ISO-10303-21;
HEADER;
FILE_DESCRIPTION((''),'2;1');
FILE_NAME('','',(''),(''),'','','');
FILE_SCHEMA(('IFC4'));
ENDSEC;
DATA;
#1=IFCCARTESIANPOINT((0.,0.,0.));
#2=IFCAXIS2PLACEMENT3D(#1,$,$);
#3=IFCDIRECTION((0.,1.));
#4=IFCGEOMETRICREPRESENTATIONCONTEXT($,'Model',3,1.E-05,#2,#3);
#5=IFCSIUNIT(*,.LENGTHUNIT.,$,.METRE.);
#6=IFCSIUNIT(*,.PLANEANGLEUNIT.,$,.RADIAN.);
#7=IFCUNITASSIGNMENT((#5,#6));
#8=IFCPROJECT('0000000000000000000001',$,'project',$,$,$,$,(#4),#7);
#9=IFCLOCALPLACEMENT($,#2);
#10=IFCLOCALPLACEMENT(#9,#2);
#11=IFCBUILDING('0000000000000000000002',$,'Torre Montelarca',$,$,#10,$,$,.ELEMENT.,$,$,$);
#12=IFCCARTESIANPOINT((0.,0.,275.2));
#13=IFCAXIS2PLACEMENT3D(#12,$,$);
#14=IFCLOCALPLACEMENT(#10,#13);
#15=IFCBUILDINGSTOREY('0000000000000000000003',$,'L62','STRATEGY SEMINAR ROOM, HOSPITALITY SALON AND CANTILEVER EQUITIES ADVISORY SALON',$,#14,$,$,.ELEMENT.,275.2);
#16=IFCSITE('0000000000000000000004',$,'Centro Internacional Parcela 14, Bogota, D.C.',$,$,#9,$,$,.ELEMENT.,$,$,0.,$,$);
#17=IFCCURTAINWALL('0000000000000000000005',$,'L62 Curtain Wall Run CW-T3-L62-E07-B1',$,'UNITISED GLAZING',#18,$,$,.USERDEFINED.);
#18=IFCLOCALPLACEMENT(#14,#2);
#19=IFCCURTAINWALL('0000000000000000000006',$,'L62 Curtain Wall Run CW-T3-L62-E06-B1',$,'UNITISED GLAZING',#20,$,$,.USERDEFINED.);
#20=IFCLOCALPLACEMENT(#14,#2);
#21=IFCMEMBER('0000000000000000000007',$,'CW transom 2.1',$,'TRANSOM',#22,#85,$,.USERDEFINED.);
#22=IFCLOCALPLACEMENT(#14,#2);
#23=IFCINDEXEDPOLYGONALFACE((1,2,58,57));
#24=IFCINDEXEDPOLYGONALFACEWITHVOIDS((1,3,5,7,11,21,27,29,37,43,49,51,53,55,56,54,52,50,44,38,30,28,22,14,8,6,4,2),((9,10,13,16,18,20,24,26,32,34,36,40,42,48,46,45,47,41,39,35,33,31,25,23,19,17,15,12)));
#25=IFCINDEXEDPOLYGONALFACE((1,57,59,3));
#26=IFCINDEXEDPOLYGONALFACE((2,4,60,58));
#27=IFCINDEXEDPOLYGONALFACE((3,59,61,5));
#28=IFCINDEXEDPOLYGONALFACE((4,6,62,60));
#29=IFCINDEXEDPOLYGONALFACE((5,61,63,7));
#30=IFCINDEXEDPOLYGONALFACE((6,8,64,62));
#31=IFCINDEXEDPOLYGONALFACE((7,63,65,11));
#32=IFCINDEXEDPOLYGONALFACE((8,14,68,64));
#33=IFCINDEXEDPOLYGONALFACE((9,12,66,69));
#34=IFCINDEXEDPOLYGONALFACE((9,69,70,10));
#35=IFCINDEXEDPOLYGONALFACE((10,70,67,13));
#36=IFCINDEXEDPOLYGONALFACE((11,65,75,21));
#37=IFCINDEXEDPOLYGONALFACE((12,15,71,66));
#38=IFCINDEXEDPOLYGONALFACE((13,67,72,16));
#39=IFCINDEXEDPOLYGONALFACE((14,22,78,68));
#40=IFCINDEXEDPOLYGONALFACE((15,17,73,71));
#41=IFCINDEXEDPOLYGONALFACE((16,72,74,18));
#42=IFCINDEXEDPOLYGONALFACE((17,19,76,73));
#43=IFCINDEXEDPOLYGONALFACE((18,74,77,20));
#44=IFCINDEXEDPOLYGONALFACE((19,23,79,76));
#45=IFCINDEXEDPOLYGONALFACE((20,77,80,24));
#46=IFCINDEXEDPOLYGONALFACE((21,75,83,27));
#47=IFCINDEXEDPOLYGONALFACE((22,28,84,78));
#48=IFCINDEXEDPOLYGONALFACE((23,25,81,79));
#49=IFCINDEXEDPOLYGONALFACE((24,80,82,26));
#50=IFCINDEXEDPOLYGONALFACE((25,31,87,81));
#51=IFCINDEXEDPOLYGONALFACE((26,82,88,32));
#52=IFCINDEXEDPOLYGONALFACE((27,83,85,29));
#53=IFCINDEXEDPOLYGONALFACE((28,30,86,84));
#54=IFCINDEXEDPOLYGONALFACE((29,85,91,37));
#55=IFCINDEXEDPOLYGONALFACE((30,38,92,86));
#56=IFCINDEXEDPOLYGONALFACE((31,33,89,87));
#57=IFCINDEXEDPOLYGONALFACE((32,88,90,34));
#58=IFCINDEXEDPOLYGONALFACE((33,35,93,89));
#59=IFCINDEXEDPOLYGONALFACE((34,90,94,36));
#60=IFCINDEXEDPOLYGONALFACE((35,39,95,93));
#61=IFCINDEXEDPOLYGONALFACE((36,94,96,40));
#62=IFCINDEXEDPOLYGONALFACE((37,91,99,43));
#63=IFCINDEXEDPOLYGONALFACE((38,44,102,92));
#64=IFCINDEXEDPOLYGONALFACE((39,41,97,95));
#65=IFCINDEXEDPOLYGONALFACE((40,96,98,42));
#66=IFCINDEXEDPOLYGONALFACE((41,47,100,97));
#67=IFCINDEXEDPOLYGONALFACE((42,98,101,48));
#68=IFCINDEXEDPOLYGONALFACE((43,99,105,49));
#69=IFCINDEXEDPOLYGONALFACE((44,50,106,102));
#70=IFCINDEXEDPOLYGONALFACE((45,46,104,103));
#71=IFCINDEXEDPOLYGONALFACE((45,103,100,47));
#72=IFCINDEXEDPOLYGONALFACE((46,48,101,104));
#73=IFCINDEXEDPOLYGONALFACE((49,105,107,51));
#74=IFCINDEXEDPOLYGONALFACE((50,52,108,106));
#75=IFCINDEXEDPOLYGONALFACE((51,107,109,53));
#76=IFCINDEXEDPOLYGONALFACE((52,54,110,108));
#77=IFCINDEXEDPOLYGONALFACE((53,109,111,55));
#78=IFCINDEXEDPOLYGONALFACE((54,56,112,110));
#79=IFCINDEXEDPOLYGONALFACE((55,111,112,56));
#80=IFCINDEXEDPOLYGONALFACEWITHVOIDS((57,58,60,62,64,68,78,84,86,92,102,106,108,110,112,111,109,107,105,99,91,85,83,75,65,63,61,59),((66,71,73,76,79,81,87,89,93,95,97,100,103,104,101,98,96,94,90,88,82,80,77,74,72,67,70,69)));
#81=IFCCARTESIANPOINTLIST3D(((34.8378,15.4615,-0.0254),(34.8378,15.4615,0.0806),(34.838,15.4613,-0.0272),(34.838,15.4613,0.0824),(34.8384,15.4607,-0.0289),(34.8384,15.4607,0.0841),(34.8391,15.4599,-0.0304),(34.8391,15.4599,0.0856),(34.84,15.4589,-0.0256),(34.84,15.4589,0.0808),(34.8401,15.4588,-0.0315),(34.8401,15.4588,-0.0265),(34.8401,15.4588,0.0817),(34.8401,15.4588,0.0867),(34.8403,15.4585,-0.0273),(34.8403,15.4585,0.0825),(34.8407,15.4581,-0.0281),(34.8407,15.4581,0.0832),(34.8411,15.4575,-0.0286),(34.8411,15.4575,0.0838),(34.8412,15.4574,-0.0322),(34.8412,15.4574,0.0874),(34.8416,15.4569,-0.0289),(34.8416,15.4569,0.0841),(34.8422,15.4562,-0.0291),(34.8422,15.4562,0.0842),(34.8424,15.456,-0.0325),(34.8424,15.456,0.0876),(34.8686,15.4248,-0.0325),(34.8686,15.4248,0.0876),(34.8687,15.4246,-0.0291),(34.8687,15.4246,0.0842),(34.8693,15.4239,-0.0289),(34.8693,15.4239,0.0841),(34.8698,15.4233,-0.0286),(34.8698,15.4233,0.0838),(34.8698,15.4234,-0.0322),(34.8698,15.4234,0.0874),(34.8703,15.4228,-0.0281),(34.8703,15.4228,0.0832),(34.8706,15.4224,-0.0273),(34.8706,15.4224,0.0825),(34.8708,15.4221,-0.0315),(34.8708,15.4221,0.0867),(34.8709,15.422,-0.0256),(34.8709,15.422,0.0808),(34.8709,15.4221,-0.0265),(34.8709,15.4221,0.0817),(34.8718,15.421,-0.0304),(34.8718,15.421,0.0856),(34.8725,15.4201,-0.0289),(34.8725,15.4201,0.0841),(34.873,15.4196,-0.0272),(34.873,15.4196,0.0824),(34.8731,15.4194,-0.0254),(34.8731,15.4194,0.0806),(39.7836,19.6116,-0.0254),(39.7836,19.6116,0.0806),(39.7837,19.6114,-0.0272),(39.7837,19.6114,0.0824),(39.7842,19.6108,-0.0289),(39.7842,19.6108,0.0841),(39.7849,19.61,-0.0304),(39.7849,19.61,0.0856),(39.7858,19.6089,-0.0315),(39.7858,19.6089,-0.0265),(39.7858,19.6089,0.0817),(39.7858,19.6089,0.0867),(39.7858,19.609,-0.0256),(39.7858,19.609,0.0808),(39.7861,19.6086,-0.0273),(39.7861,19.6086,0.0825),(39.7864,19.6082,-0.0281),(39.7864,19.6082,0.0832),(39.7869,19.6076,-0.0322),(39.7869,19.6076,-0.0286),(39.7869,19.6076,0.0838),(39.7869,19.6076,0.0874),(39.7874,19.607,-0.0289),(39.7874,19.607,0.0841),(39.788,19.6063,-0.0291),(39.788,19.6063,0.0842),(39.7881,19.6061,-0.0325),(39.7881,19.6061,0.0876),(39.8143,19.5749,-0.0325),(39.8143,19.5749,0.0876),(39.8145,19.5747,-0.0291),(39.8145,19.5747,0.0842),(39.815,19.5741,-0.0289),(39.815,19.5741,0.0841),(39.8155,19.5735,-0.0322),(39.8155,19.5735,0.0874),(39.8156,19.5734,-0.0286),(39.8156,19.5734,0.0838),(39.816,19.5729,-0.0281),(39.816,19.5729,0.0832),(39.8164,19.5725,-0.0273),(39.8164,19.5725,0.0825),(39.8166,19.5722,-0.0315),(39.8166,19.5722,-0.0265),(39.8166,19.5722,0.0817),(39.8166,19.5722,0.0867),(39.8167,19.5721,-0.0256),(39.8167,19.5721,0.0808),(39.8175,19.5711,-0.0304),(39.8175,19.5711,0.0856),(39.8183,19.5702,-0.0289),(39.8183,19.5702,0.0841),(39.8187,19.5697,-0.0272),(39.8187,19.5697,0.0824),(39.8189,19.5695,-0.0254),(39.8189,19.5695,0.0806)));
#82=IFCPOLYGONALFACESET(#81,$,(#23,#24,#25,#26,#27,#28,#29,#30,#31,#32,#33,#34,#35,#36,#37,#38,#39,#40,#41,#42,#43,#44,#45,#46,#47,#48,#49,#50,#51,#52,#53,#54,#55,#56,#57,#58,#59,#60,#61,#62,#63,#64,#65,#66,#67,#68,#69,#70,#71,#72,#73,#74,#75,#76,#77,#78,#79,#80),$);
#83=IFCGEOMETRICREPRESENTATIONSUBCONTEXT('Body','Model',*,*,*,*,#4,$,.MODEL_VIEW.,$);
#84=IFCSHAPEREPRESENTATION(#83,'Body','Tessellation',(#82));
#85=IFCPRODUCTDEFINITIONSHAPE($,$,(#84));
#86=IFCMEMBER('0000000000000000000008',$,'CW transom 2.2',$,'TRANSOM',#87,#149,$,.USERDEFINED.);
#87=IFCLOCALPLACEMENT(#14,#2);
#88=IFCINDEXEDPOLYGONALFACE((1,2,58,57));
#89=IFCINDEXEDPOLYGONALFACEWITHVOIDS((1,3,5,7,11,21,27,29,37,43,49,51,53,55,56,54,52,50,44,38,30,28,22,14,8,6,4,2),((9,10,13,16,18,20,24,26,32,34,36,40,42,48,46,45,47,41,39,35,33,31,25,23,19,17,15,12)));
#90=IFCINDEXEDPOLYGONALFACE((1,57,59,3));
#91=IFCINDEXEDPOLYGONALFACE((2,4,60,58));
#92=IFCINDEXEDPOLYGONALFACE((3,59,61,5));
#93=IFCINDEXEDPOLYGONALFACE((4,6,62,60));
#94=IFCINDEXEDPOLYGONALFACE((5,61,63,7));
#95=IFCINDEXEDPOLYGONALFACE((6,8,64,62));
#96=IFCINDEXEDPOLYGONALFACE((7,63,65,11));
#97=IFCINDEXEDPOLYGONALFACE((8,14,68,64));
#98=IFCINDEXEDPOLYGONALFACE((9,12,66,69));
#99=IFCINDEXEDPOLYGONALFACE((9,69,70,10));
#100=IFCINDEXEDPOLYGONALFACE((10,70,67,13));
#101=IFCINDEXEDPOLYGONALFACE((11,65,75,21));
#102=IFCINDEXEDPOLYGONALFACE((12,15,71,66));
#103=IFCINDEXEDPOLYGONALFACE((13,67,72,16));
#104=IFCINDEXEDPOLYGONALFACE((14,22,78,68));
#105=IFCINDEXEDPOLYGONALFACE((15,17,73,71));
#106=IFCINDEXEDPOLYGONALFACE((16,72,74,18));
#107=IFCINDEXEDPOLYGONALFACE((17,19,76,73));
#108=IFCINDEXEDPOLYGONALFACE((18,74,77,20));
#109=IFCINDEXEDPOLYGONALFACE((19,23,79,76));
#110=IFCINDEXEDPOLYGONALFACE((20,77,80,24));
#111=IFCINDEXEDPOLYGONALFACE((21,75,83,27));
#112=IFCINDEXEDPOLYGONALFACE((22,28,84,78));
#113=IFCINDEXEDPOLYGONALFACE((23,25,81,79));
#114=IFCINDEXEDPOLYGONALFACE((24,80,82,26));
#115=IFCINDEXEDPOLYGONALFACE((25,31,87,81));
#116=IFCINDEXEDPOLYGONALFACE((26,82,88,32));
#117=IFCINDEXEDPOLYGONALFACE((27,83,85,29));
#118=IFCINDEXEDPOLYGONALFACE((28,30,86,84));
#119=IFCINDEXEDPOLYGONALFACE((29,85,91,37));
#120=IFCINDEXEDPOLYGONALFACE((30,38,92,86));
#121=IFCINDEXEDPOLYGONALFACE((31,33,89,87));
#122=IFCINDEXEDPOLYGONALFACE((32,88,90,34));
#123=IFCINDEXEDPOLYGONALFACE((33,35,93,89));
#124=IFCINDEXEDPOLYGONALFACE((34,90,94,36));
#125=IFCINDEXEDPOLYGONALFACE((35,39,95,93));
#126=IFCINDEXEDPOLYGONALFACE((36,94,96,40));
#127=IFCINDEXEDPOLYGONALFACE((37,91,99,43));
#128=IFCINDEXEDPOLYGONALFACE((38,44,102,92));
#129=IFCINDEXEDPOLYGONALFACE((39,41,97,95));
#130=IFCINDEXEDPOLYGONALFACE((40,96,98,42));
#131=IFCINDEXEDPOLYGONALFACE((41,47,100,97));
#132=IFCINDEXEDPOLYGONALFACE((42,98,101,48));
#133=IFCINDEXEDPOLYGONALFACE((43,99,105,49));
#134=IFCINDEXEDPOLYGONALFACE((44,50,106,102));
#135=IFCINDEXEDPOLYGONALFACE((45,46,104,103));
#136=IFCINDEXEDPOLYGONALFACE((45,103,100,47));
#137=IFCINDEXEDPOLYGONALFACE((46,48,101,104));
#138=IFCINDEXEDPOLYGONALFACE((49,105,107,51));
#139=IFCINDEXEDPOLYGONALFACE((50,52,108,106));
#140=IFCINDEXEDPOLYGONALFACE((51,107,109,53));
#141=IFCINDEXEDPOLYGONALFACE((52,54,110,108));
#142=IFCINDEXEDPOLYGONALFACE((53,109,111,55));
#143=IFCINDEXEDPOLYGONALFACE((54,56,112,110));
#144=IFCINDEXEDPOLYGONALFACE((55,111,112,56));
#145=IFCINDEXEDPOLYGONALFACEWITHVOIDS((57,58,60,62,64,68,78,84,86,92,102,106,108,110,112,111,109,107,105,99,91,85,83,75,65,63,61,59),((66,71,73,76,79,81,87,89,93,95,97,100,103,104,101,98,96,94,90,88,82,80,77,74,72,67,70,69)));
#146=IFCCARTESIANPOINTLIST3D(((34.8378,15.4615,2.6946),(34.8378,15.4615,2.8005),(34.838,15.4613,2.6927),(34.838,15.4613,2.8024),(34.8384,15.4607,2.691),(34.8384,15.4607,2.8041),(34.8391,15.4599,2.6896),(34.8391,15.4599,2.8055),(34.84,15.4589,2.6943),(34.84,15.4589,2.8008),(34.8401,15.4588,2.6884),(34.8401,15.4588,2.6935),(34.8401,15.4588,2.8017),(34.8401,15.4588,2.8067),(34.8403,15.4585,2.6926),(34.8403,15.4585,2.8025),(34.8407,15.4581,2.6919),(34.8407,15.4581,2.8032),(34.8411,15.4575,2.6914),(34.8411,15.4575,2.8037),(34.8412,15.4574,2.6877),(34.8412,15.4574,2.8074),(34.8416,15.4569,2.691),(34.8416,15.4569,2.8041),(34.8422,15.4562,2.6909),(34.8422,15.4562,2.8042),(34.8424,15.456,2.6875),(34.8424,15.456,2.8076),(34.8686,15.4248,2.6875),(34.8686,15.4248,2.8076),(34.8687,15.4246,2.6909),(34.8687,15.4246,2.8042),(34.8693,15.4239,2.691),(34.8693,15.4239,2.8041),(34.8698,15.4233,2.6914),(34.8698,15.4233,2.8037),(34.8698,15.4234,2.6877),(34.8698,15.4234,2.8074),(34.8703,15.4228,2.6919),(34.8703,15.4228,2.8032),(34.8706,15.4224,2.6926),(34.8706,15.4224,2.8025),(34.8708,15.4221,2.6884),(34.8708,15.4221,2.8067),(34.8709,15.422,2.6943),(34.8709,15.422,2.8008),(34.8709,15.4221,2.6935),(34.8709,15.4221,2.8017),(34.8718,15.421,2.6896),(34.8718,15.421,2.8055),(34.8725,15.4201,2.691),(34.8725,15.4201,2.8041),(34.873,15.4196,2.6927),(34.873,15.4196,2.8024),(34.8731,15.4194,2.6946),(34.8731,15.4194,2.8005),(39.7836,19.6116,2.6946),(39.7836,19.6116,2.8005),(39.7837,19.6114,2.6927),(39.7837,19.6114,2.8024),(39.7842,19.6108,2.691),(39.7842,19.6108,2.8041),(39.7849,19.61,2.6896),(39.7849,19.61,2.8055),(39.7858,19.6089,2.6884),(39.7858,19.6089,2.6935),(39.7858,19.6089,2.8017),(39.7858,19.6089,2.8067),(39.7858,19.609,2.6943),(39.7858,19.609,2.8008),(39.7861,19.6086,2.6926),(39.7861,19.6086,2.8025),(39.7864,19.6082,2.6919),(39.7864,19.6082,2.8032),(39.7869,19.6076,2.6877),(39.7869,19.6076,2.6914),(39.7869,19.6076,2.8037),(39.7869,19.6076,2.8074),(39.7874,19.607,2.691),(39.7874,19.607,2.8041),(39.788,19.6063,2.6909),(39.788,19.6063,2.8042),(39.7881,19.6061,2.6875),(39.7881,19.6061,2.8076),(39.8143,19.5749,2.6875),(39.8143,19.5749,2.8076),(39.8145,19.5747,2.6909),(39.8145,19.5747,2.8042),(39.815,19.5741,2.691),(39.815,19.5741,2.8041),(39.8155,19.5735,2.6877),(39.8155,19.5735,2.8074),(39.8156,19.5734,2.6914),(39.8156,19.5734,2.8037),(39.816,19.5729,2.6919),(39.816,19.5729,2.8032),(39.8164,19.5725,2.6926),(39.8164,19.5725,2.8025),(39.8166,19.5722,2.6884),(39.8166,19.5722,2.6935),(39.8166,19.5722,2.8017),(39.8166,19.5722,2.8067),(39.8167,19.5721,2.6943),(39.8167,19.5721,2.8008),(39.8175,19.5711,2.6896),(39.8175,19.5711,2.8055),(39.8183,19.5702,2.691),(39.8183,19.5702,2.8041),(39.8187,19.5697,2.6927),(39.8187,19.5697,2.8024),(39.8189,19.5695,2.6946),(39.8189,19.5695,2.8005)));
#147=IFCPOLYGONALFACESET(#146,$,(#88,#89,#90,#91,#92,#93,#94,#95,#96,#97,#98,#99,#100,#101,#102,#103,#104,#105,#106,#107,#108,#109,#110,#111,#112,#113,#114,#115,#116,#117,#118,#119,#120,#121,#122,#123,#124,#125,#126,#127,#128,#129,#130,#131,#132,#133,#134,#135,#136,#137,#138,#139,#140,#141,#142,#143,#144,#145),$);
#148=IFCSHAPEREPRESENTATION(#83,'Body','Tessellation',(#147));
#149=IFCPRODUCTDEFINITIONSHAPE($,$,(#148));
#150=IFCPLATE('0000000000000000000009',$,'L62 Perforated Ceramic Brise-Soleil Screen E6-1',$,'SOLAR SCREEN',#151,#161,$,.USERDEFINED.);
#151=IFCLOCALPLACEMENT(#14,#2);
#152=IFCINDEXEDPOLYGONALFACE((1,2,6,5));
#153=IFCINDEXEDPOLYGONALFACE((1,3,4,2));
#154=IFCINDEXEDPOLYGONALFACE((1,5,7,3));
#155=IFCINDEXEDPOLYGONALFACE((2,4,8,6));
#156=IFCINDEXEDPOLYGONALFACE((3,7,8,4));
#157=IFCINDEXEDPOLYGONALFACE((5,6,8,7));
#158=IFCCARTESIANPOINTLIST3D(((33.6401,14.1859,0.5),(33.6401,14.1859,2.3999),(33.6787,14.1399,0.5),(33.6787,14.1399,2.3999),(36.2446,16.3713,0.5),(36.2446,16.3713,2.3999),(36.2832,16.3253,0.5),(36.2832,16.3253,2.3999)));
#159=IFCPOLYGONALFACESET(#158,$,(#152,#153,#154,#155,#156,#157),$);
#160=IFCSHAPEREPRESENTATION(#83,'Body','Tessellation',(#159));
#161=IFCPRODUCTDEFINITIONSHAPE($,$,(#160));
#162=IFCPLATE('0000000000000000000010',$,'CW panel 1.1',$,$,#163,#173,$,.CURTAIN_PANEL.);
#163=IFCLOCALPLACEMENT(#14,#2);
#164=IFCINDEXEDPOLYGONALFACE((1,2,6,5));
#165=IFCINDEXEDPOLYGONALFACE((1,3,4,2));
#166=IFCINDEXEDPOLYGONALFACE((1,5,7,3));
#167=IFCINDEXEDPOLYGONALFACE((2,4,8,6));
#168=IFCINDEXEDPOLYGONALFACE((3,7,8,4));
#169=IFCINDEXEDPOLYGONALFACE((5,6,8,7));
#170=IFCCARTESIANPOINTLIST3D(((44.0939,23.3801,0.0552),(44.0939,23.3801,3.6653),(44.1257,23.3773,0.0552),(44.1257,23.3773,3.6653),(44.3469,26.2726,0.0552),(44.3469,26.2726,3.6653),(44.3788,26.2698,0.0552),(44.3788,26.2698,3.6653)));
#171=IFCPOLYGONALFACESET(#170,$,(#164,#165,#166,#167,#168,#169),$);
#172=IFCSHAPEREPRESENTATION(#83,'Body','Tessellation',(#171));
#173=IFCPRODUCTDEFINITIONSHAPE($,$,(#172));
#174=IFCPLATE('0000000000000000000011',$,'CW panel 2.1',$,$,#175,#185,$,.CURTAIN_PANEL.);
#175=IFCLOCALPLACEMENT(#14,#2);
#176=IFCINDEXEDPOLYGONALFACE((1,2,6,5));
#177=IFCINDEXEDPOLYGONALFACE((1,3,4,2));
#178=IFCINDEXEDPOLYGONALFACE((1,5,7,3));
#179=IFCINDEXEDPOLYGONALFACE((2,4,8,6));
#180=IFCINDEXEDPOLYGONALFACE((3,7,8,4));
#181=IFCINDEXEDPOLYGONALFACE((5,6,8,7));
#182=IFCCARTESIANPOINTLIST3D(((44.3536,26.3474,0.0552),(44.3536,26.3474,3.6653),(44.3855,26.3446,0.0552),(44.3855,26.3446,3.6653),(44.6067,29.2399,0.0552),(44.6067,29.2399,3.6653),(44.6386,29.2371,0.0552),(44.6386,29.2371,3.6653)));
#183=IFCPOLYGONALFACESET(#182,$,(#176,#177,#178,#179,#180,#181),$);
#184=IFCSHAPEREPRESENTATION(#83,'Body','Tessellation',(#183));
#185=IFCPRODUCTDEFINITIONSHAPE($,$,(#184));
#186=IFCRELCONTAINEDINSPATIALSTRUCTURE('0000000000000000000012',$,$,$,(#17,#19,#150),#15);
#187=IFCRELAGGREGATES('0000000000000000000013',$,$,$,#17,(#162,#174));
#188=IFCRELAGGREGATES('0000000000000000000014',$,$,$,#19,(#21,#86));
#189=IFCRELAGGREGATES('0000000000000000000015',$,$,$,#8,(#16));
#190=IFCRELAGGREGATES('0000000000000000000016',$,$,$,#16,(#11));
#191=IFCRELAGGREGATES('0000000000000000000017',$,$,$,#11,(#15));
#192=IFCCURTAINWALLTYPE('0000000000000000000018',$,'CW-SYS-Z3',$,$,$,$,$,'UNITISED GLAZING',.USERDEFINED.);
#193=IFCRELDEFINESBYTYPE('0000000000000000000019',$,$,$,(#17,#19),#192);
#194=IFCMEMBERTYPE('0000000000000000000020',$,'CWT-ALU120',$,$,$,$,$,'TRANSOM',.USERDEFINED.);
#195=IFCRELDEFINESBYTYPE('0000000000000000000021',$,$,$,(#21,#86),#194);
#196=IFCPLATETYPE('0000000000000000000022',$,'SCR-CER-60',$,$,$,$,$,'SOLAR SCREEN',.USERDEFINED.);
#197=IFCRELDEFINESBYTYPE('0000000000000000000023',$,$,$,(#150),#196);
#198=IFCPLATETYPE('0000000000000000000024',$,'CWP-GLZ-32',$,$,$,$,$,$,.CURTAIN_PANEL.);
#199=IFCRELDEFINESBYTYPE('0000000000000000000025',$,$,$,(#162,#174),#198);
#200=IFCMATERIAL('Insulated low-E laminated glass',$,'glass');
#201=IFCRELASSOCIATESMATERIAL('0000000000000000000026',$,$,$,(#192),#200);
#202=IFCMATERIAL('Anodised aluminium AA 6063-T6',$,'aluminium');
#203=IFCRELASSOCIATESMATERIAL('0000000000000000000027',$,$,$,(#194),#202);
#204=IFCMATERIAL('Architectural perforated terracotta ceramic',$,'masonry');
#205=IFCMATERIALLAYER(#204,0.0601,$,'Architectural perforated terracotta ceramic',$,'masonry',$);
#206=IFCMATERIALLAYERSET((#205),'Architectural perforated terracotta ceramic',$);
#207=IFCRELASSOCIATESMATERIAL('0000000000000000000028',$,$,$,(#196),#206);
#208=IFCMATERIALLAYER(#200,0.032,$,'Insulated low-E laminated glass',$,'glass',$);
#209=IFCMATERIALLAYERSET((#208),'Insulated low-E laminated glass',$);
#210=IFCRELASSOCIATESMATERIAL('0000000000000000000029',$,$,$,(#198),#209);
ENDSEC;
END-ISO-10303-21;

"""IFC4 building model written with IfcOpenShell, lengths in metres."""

from ifc_helpers import new_model, si_unit, direction, frame, origin, origin_2d, place, context, subcontext, project, spatial, rectangle, hollow_rectangle, extrude, source, transform, mapped, material, layer, layer_set, material_profile, profile_set, type_object, element, aggregate, save


model = new_model("IFC4")

# Units and contexts
model_context = context("Model", 3, precision=1e-05, world=origin(), true_north=direction((0.0, 1.0)))
body_context = subcontext(model_context, "Body", "Model", "MODEL_VIEW")
ifc_project = project(units=[si_unit("LENGTHUNIT", "METRE"), si_unit("PLANEANGLEUNIT", "RADIAN")], contexts=[model_context])

# Site, building, storey
site_placement = place(None, origin())
site = spatial("IfcSite", under=ifc_project, at=site_placement, Name="Centro Internacional Parcela 14, Bogota, D.C.", CompositionType="ELEMENT", RefElevation=0.0)
building_placement = place(site_placement, origin())
building = spatial("IfcBuilding", under=site, at=building_placement, Name="Torre Montelarca", CompositionType="ELEMENT")
storey_placement = place(building_placement, frame((0.0, 0.0, 275.2)))
storey = spatial("IfcBuildingStorey", under=building, at=storey_placement, Name="L62", Description="STRATEGY SEMINAR ROOM, HOSPITALITY SALON AND CANTILEVER EQUITIES ADVISORY SALON", CompositionType="ELEMENT", Elevation=275.2)

# Curtain walls, members
ifc_material_1 = material(Name="Insulated low-E laminated glass", Category="glass")
curtain_wall_type = type_object("IfcCurtainWallType", Name="CW-SYS-Z3", ElementType="UNITISED GLAZING", PredefinedType="USERDEFINED", material=ifc_material_1)
curtain_wall_1_placement = place(storey_placement, origin())
curtain_wall_1 = element("IfcCurtainWall", 1, at=curtain_wall_1_placement, inside=storey, type_object=curtain_wall_type, Name="L62 Curtain Wall Run CW-T3-L62-E07-B1", ObjectType="UNITISED GLAZING", PredefinedType="USERDEFINED")
ifc_material_2 = material(Name="Anodised aluminium AA 6063-T6", Category="aluminium")
ifc_material_profile_1 = material_profile(ifc_material_2, hollow_rectangle(XDim=0.0549, YDim=0.1201, WallThickness=0.0034, InnerFilletRadius=0.0034, OuterFilletRadius=0.0071, at=origin_2d()), Name="ALU55X120X3.5", Category="aluminium")
ifc_profile_set_1 = profile_set([ifc_material_profile_1], Name="Anodised aluminium AA 6063-T6")
member_type_1 = type_object("IfcMemberType", Name="CWT-ALU120", ElementType="TRANSOM", PredefinedType="USERDEFINED", material=ifc_profile_set_1)
curtain_wall_2_placement = place(storey_placement, origin())
curtain_wall_2 = element("IfcCurtainWall", 2, at=curtain_wall_2_placement, inside=storey, type_object=curtain_wall_type, Name="L62 Curtain Wall Run CW-T3-L62-E06-B1", ObjectType="UNITISED GLAZING", PredefinedType="USERDEFINED")
shared_shape_1 = source(origin(), body_context, "Body", "SweptSolid", [
    extrude(hollow_rectangle(XDim=0.0549, YDim=0.1201, WallThickness=0.0034, InnerFilletRadius=0.0034, OuterFilletRadius=0.0071, at=origin_2d()), origin(), (0.0, 0.0, 1.0), 6.4563),
])
member_1_placement = place(storey_placement, frame((34.8555, 15.4404, 0.0276), z_axis=(0.766035, 0.642799, 0.0), x_axis=(-0.642799, 0.766035, 0.0)))
member_1 = element("IfcMember", 3, at=member_1_placement, type_object=member_type_1, Name="CW transom 2.1", ObjectType="TRANSOM", PredefinedType="USERDEFINED", context=body_context, shape_type="MappedRepresentation", body=[
    mapped(shared_shape_1, transform((0.0, 0.0, 0.0), scale=1.0)),
])
member_2_placement = place(storey_placement, frame((34.8555, 15.4404, 2.7476), z_axis=(0.766035, 0.642799, 0.0), x_axis=(-0.642799, 0.766035, 0.0)))
member_2 = element("IfcMember", 4, at=member_2_placement, type_object=member_type_1, Name="CW transom 2.2", ObjectType="TRANSOM", PredefinedType="USERDEFINED", context=body_context, shape_type="MappedRepresentation", body=[
    mapped(shared_shape_1, transform((0.0, 0.0, 0.0), scale=1.0)),
])

# Plates
ifc_material_3 = material(Name="Architectural perforated terracotta ceramic", Category="masonry")
ifc_layer_1 = layer(ifc_material_3, 0.0601, Name="Architectural perforated terracotta ceramic", Category="masonry")
ifc_layer_set_1 = layer_set([ifc_layer_1], Name="Architectural perforated terracotta ceramic")
plate_type_1 = type_object("IfcPlateType", Name="SCR-CER-60", ElementType="SOLAR SCREEN", PredefinedType="USERDEFINED", material=ifc_layer_set_1)
shared_shape_2 = source(origin(), body_context, "Body", "SweptSolid", [
    extrude(rectangle(XDim=3.3999, YDim=0.0601, at=origin_2d()), origin(), (0.0, 0.0, 1.0), 1.8999),
])
plate_1_placement = place(storey_placement, frame((34.9617, 15.2556, 0.5), z_axis=(0.0, 0.0, 1.0), x_axis=(0.766046, 0.642786, 0.0)))
element("IfcPlate", 5, at=plate_1_placement, inside=storey, type_object=plate_type_1, Name="L62 Perforated Ceramic Brise-Soleil Screen E6-1", ObjectType="SOLAR SCREEN", PredefinedType="USERDEFINED", context=body_context, shape_type="MappedRepresentation", body=[
    mapped(shared_shape_2, transform((0.0, 0.0, 0.0), scale=1.0)),
])
ifc_layer_2 = layer(ifc_material_1, 0.032, Name="Insulated low-E laminated glass", Category="glass")
ifc_layer_set_2 = layer_set([ifc_layer_2], Name="Insulated low-E laminated glass")
plate_type_2 = type_object("IfcPlateType", Name="CWP-GLZ-32", PredefinedType="CURTAIN_PANEL", material=ifc_layer_set_2)
shared_shape_3 = source(origin(), body_context, "Body", "SweptSolid", [
    extrude(rectangle(XDim=2.9036, YDim=0.032, at=origin_2d()), origin(), (0.0, 0.0, 1.0), 3.6101),
])
plate_2_placement = place(storey_placement, frame((44.2363, 24.825, 0.0552), z_axis=(0.0, 0.0, 1.0), x_axis=(0.087166, 0.996194, 0.0)))
plate_2 = element("IfcPlate", 6, at=plate_2_placement, type_object=plate_type_2, Name="CW panel 1.1", PredefinedType="CURTAIN_PANEL", context=body_context, shape_type="MappedRepresentation", body=[
    mapped(shared_shape_3, transform((0.0, 0.0, 0.0), scale=1.0)),
])
plate_3_placement = place(storey_placement, frame((44.4961, 27.7922, 0.0552), z_axis=(0.0, 0.0, 1.0), x_axis=(0.087166, 0.996194, 0.0)))
plate_3 = element("IfcPlate", 7, at=plate_3_placement, type_object=plate_type_2, Name="CW panel 2.1", PredefinedType="CURTAIN_PANEL", context=body_context, shape_type="MappedRepresentation", body=[
    mapped(shared_shape_3, transform((0.0, 0.0, 0.0), scale=1.0)),
])
aggregate(curtain_wall_1, [plate_2, plate_3])
aggregate(curtain_wall_2, [member_1, member_2])

save(model, "model.ifc")
